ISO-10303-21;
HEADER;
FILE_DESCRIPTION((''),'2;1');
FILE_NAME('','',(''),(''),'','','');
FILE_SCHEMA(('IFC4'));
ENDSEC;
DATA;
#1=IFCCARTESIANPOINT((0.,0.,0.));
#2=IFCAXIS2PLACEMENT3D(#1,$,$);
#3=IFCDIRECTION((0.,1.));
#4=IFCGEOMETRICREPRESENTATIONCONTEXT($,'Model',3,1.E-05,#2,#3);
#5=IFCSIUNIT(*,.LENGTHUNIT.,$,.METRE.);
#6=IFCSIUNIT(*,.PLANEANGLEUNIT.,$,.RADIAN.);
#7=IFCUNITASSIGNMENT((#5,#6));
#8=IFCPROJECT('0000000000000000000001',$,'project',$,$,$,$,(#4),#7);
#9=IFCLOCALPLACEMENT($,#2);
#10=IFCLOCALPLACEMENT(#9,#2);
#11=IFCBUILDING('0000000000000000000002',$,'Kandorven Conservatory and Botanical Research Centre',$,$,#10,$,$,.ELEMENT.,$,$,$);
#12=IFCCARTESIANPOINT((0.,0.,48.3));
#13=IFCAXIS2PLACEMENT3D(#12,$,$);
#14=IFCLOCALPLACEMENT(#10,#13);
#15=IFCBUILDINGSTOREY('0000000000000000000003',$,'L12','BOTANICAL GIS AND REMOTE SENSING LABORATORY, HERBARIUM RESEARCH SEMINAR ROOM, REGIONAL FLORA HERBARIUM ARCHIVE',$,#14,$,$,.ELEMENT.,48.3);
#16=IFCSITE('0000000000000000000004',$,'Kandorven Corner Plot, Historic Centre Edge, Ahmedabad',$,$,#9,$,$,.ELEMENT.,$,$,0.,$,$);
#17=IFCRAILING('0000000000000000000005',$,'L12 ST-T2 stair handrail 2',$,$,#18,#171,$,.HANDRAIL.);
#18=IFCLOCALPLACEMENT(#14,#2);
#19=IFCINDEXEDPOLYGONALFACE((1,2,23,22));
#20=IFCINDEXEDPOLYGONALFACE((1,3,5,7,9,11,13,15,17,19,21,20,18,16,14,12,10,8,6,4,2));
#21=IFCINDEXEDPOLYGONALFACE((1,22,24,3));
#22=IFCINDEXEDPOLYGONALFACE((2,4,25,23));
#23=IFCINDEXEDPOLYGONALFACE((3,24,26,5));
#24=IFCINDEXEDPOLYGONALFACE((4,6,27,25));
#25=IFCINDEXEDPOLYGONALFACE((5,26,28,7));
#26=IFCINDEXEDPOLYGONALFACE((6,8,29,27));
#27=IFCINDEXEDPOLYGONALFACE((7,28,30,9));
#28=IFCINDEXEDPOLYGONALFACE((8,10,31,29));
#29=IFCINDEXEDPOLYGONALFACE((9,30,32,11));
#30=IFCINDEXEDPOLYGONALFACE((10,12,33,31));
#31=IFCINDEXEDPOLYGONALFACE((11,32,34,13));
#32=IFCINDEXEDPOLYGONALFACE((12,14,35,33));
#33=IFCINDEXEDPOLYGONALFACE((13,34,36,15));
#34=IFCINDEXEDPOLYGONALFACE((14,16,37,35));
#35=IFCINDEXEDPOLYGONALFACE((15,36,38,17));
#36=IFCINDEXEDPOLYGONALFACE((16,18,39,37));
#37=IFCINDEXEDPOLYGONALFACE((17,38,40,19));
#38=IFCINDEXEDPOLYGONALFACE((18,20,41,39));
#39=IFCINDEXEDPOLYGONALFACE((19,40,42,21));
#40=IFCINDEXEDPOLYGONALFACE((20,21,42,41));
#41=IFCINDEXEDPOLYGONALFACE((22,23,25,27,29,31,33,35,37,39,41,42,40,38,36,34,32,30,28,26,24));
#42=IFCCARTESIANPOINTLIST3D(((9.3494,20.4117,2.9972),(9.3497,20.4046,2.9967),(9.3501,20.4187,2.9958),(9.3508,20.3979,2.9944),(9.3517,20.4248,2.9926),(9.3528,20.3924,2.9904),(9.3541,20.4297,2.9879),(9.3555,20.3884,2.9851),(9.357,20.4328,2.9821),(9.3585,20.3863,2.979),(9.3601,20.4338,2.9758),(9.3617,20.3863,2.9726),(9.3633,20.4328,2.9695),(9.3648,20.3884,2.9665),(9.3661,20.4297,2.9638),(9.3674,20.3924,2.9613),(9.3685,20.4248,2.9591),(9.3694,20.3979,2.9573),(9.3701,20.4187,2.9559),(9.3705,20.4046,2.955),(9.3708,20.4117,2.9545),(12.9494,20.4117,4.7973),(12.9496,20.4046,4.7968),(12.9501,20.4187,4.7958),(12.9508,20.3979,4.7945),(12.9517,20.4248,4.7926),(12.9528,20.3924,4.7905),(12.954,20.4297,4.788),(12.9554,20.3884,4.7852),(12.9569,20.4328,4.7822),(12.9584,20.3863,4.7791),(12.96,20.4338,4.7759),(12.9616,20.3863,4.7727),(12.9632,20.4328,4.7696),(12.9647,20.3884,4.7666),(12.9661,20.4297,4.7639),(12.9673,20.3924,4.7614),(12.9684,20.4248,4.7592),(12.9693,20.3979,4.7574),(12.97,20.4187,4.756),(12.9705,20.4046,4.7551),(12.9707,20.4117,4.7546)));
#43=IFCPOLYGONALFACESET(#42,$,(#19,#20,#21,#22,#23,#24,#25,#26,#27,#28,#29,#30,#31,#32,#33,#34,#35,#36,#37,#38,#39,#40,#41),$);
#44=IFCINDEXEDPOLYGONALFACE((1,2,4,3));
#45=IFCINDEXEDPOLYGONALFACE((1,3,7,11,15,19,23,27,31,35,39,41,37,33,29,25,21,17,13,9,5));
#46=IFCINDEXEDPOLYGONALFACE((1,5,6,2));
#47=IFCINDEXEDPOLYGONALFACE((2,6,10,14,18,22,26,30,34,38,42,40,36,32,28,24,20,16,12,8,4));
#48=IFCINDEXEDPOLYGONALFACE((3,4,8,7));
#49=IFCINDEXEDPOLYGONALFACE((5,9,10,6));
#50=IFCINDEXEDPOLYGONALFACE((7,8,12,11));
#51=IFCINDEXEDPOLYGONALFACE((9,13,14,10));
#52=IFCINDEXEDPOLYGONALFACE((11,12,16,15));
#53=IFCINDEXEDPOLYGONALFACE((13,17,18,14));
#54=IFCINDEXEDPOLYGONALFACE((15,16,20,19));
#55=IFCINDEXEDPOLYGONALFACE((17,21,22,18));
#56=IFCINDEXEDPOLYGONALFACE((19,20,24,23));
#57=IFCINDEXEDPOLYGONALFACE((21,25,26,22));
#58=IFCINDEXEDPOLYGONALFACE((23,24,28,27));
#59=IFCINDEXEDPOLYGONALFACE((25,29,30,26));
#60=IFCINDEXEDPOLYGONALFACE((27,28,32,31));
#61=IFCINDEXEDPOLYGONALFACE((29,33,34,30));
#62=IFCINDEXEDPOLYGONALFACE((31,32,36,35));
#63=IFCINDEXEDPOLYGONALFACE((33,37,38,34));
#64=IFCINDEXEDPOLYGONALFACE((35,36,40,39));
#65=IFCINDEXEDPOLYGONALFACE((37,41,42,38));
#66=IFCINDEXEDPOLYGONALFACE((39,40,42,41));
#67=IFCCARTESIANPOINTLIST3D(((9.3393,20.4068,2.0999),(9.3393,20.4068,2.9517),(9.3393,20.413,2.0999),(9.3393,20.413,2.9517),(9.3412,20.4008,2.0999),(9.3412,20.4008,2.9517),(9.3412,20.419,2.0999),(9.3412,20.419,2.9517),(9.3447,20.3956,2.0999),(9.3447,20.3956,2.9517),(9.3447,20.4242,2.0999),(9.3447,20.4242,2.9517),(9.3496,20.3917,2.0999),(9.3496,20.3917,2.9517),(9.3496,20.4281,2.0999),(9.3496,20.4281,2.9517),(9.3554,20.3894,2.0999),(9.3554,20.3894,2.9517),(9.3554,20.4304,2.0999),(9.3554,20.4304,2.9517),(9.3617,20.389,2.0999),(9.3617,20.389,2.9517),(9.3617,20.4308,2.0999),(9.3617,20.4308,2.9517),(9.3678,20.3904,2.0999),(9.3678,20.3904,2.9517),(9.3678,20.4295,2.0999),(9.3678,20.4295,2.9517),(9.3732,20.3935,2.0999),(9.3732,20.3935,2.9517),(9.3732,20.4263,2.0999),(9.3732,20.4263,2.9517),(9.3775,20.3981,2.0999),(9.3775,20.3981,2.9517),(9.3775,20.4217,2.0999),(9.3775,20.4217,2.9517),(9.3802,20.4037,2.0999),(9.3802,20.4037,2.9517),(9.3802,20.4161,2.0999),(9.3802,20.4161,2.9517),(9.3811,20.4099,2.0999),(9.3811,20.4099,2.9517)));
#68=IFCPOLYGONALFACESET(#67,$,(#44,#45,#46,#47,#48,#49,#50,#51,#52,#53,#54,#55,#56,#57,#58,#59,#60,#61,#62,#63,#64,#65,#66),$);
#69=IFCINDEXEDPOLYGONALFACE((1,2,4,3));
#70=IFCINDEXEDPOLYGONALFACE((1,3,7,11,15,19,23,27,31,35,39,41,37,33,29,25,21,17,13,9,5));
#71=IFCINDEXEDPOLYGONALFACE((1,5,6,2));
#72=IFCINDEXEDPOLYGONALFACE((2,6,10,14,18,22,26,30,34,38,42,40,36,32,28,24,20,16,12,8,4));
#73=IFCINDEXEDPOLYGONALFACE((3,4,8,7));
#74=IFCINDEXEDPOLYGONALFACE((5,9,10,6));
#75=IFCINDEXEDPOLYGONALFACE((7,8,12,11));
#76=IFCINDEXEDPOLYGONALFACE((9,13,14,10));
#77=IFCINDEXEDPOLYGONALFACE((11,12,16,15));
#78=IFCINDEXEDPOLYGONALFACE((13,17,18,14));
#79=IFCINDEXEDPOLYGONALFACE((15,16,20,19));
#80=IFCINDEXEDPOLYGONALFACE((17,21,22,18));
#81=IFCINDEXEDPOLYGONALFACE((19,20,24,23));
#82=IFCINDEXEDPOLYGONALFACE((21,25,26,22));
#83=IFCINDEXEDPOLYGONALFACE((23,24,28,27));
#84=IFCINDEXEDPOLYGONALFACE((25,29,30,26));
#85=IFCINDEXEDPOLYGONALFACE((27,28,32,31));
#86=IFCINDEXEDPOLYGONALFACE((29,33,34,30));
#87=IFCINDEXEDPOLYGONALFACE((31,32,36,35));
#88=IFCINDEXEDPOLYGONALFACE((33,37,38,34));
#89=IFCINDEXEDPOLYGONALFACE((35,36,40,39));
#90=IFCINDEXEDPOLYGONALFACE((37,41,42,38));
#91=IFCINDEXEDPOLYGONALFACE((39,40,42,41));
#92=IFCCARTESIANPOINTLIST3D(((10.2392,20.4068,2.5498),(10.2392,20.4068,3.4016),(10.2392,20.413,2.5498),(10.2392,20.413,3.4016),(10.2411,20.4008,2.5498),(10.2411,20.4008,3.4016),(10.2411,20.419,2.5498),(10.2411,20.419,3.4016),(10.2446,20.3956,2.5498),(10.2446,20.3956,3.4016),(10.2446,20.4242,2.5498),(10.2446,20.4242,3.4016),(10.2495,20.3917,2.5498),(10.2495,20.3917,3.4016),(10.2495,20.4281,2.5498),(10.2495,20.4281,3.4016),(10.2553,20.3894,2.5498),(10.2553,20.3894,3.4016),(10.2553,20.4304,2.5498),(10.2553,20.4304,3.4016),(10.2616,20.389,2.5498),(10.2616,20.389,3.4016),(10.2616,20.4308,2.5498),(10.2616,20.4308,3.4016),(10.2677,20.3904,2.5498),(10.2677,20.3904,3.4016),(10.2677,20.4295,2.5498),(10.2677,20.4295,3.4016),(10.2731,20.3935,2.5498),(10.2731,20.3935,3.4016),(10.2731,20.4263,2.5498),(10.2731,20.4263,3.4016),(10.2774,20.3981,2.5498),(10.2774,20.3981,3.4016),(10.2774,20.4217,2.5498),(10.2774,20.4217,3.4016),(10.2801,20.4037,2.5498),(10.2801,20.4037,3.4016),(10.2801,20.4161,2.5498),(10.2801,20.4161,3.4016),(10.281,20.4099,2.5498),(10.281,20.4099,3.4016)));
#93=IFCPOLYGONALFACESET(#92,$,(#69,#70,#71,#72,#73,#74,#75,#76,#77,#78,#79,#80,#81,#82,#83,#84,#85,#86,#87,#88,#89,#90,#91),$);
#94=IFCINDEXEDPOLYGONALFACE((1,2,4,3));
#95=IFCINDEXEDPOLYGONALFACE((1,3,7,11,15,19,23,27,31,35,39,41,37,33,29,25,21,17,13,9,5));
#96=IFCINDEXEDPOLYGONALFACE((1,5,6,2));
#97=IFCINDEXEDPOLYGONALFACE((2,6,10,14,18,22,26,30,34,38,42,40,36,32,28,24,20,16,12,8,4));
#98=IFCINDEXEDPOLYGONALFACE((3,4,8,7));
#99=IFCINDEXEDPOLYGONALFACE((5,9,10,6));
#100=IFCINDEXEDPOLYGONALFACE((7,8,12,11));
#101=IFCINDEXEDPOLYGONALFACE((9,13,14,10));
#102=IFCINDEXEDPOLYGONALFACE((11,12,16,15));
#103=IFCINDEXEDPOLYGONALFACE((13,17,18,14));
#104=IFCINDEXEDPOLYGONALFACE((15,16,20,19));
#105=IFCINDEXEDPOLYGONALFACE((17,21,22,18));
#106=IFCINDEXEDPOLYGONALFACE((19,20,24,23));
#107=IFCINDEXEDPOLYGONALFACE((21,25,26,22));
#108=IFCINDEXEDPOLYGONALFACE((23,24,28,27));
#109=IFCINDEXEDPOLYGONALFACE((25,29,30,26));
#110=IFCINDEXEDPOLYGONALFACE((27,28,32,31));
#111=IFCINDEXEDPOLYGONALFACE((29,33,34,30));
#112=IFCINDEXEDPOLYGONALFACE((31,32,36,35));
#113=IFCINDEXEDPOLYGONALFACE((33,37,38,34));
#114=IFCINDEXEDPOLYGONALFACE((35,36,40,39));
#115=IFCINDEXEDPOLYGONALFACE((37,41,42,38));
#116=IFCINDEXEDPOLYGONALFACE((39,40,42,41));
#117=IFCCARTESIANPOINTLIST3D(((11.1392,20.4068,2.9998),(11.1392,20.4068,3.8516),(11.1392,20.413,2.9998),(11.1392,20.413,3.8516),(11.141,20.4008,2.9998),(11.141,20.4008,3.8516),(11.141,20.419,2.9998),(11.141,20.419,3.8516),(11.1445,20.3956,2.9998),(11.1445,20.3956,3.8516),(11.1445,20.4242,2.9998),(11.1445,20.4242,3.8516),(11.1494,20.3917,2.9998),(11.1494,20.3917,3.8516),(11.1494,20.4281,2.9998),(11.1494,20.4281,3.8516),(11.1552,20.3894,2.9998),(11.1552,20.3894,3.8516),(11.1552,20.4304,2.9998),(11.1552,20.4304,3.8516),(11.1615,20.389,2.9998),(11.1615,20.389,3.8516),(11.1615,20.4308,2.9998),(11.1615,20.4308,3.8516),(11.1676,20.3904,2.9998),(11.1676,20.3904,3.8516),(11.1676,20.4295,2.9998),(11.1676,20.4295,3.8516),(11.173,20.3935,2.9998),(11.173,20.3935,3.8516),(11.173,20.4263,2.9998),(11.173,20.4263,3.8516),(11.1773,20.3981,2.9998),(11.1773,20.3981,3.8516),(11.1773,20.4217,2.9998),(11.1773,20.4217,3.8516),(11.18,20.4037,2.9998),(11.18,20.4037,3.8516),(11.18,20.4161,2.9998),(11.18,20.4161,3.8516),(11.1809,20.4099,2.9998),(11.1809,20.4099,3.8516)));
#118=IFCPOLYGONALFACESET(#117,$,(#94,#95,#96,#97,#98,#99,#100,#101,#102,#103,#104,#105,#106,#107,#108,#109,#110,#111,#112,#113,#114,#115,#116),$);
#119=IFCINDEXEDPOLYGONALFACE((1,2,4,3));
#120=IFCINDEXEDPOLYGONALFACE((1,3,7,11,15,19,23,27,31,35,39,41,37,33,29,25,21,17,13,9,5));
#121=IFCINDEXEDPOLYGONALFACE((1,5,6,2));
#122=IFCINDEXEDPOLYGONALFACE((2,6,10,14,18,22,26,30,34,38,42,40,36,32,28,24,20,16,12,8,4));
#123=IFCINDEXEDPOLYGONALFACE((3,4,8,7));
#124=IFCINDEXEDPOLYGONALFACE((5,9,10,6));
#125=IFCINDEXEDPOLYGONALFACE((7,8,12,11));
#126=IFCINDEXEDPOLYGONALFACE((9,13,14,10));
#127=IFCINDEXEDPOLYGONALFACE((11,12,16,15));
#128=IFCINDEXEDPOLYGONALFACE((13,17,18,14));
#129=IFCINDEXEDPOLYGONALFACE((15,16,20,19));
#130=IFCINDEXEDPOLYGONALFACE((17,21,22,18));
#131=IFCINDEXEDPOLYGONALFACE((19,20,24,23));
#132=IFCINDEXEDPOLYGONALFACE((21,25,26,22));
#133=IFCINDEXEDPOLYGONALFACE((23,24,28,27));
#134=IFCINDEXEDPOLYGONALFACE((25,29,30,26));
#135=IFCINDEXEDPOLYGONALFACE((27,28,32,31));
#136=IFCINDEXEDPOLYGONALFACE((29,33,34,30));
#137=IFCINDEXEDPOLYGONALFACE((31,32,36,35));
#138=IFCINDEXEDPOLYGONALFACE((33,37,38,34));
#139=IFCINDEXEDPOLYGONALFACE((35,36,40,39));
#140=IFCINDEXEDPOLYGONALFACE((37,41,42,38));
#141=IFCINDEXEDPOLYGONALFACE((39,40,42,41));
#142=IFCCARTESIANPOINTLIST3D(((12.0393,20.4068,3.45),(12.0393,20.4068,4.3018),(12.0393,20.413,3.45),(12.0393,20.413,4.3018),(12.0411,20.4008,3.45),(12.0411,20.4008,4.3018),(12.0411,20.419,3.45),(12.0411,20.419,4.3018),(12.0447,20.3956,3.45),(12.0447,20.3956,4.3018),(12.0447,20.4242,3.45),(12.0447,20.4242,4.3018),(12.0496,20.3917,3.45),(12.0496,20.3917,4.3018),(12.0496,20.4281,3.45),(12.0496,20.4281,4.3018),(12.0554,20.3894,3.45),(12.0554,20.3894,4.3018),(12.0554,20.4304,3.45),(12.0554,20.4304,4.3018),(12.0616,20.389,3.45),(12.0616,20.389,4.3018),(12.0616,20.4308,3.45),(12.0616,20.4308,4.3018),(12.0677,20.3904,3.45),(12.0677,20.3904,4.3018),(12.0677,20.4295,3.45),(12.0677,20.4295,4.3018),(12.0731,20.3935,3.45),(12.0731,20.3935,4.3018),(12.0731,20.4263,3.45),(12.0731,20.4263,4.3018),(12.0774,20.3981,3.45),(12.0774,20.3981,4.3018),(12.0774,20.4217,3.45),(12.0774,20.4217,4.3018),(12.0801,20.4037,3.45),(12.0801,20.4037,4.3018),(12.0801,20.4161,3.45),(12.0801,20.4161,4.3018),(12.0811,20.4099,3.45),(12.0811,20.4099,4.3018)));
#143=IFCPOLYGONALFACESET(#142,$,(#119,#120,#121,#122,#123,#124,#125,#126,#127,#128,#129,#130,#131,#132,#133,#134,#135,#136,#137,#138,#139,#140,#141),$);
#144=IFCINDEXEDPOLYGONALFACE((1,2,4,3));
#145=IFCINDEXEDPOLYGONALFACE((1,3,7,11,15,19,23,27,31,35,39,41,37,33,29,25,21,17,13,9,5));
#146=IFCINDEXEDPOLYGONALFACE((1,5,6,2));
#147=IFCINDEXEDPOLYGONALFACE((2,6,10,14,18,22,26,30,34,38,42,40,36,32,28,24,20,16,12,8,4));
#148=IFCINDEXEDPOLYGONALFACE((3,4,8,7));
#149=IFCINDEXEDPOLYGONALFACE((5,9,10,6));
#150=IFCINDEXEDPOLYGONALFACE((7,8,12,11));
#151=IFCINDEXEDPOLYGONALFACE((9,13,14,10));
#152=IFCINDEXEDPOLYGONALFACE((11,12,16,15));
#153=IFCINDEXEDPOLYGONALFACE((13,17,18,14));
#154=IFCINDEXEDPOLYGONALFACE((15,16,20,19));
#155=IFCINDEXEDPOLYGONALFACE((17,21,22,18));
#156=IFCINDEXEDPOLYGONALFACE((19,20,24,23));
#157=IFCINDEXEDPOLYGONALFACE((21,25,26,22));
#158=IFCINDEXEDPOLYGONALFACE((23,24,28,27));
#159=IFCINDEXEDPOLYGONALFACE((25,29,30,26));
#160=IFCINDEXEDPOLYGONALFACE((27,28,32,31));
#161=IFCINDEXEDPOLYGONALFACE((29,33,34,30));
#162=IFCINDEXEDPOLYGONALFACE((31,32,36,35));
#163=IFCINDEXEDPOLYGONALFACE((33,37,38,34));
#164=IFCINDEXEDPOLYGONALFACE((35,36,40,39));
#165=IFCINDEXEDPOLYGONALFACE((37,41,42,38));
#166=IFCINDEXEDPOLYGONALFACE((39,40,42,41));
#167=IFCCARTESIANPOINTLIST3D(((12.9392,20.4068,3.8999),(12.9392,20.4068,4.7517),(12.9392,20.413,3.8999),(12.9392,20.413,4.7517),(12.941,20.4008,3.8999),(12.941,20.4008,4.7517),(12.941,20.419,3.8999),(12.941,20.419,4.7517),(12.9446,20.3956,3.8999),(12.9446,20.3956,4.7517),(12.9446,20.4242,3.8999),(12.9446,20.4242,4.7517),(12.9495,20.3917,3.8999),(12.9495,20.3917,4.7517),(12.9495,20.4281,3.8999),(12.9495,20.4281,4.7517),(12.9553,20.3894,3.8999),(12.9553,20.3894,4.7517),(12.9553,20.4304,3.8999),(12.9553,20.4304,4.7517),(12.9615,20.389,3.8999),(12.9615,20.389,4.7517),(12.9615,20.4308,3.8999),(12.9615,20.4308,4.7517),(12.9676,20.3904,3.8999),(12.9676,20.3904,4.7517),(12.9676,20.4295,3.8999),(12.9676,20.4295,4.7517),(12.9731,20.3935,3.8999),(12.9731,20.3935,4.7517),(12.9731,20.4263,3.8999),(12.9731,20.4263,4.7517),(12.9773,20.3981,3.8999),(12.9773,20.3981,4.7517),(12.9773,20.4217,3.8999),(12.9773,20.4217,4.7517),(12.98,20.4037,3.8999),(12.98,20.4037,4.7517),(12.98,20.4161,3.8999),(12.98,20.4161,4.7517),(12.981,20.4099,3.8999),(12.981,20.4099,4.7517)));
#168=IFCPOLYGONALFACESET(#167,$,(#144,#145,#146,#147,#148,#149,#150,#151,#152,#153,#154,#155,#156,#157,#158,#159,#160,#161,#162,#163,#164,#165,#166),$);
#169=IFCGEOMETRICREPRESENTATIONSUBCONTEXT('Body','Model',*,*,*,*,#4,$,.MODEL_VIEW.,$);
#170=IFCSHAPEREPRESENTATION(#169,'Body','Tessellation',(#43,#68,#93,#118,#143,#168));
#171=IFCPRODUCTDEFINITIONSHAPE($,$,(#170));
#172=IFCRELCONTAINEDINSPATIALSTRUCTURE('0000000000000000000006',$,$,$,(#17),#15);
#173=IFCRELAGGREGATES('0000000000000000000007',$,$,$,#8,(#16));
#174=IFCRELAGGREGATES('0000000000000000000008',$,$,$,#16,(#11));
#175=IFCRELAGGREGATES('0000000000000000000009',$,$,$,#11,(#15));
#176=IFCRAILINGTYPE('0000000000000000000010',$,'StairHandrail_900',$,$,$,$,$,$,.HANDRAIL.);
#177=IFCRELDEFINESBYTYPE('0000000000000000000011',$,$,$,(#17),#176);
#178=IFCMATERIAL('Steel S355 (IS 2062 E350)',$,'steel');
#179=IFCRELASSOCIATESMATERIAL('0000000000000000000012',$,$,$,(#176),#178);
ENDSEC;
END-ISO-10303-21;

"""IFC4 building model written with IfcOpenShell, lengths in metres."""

from ifc_helpers import new_model, si_unit, direction, frame, origin, origin_2d, place, context, subcontext, project, spatial, circle, extrude, material, type_object, element, save


model = new_model("IFC4")

# Units and contexts
model_context = context("Model", 3, precision=1e-05, world=origin(), true_north=direction((0.0, 1.0)))
body_context = subcontext(model_context, "Body", "Model", "MODEL_VIEW")
ifc_project = project(units=[si_unit("LENGTHUNIT", "METRE"), si_unit("PLANEANGLEUNIT", "RADIAN")], contexts=[model_context])

# Site, building, storey
site_placement = place(None, origin())
site = spatial("IfcSite", under=ifc_project, at=site_placement, Name="Kandorven Corner Plot, Historic Centre Edge, Ahmedabad", CompositionType="ELEMENT", RefElevation=0.0)
building_placement = place(site_placement, origin())
building = spatial("IfcBuilding", under=site, at=building_placement, Name="Kandorven Conservatory and Botanical Research Centre", CompositionType="ELEMENT")
storey_placement = place(building_placement, frame((0.0, 0.0, 48.3)))
storey = spatial("IfcBuildingStorey", under=building, at=storey_placement, Name="L12", Description="BOTANICAL GIS AND REMOTE SENSING LABORATORY, HERBARIUM RESEARCH SEMINAR ROOM, REGIONAL FLORA HERBARIUM ARCHIVE", CompositionType="ELEMENT", Elevation=48.3)

# Railing
ifc_material_1 = material(Name="Steel S355 (IS 2062 E350)", Category="steel")
railing_type_1 = type_object("IfcRailingType", Name="StairHandrail_900", PredefinedType="HANDRAIL", material=ifc_material_1)
railing_1_placement = place(storey_placement, frame((9.3601, 20.4099, 2.0999)))
element("IfcRailing", 1, at=railing_1_placement, inside=storey, type_object=railing_type_1, Name="L12 ST-T2 stair handrail 2", PredefinedType="HANDRAIL", context=body_context, shape_type="SweptSolid", body=[
    extrude(circle(Radius=0.0239, at=origin_2d()), frame((0.0, 0.0, 0.876), z_axis=(0.894415, 0.0, 0.447238), x_axis=(0.0, 1.0, 0.0)), (0.0, 0.0, 1.0), 4.0249),
    extrude(circle(Radius=0.021, at=origin_2d()), origin(), (0.0, 0.0, 1.0), 0.8518),
    extrude(circle(Radius=0.021, at=origin_2d()), frame((0.8999, 0.0, 0.45)), (0.0, 0.0, 1.0), 0.8518),
    extrude(circle(Radius=0.021, at=origin_2d()), frame((1.7998, 0.0, 0.8999)), (0.0, 0.0, 1.0), 0.8518),
    extrude(circle(Radius=0.021, at=origin_2d()), frame((2.7, 0.0, 1.3501)), (0.0, 0.0, 1.0), 0.8518),
    extrude(circle(Radius=0.021, at=origin_2d()), frame((3.5999, 0.0, 1.8)), (0.0, 0.0, 1.0), 0.8518),
])

save(model, "model.ifc")
